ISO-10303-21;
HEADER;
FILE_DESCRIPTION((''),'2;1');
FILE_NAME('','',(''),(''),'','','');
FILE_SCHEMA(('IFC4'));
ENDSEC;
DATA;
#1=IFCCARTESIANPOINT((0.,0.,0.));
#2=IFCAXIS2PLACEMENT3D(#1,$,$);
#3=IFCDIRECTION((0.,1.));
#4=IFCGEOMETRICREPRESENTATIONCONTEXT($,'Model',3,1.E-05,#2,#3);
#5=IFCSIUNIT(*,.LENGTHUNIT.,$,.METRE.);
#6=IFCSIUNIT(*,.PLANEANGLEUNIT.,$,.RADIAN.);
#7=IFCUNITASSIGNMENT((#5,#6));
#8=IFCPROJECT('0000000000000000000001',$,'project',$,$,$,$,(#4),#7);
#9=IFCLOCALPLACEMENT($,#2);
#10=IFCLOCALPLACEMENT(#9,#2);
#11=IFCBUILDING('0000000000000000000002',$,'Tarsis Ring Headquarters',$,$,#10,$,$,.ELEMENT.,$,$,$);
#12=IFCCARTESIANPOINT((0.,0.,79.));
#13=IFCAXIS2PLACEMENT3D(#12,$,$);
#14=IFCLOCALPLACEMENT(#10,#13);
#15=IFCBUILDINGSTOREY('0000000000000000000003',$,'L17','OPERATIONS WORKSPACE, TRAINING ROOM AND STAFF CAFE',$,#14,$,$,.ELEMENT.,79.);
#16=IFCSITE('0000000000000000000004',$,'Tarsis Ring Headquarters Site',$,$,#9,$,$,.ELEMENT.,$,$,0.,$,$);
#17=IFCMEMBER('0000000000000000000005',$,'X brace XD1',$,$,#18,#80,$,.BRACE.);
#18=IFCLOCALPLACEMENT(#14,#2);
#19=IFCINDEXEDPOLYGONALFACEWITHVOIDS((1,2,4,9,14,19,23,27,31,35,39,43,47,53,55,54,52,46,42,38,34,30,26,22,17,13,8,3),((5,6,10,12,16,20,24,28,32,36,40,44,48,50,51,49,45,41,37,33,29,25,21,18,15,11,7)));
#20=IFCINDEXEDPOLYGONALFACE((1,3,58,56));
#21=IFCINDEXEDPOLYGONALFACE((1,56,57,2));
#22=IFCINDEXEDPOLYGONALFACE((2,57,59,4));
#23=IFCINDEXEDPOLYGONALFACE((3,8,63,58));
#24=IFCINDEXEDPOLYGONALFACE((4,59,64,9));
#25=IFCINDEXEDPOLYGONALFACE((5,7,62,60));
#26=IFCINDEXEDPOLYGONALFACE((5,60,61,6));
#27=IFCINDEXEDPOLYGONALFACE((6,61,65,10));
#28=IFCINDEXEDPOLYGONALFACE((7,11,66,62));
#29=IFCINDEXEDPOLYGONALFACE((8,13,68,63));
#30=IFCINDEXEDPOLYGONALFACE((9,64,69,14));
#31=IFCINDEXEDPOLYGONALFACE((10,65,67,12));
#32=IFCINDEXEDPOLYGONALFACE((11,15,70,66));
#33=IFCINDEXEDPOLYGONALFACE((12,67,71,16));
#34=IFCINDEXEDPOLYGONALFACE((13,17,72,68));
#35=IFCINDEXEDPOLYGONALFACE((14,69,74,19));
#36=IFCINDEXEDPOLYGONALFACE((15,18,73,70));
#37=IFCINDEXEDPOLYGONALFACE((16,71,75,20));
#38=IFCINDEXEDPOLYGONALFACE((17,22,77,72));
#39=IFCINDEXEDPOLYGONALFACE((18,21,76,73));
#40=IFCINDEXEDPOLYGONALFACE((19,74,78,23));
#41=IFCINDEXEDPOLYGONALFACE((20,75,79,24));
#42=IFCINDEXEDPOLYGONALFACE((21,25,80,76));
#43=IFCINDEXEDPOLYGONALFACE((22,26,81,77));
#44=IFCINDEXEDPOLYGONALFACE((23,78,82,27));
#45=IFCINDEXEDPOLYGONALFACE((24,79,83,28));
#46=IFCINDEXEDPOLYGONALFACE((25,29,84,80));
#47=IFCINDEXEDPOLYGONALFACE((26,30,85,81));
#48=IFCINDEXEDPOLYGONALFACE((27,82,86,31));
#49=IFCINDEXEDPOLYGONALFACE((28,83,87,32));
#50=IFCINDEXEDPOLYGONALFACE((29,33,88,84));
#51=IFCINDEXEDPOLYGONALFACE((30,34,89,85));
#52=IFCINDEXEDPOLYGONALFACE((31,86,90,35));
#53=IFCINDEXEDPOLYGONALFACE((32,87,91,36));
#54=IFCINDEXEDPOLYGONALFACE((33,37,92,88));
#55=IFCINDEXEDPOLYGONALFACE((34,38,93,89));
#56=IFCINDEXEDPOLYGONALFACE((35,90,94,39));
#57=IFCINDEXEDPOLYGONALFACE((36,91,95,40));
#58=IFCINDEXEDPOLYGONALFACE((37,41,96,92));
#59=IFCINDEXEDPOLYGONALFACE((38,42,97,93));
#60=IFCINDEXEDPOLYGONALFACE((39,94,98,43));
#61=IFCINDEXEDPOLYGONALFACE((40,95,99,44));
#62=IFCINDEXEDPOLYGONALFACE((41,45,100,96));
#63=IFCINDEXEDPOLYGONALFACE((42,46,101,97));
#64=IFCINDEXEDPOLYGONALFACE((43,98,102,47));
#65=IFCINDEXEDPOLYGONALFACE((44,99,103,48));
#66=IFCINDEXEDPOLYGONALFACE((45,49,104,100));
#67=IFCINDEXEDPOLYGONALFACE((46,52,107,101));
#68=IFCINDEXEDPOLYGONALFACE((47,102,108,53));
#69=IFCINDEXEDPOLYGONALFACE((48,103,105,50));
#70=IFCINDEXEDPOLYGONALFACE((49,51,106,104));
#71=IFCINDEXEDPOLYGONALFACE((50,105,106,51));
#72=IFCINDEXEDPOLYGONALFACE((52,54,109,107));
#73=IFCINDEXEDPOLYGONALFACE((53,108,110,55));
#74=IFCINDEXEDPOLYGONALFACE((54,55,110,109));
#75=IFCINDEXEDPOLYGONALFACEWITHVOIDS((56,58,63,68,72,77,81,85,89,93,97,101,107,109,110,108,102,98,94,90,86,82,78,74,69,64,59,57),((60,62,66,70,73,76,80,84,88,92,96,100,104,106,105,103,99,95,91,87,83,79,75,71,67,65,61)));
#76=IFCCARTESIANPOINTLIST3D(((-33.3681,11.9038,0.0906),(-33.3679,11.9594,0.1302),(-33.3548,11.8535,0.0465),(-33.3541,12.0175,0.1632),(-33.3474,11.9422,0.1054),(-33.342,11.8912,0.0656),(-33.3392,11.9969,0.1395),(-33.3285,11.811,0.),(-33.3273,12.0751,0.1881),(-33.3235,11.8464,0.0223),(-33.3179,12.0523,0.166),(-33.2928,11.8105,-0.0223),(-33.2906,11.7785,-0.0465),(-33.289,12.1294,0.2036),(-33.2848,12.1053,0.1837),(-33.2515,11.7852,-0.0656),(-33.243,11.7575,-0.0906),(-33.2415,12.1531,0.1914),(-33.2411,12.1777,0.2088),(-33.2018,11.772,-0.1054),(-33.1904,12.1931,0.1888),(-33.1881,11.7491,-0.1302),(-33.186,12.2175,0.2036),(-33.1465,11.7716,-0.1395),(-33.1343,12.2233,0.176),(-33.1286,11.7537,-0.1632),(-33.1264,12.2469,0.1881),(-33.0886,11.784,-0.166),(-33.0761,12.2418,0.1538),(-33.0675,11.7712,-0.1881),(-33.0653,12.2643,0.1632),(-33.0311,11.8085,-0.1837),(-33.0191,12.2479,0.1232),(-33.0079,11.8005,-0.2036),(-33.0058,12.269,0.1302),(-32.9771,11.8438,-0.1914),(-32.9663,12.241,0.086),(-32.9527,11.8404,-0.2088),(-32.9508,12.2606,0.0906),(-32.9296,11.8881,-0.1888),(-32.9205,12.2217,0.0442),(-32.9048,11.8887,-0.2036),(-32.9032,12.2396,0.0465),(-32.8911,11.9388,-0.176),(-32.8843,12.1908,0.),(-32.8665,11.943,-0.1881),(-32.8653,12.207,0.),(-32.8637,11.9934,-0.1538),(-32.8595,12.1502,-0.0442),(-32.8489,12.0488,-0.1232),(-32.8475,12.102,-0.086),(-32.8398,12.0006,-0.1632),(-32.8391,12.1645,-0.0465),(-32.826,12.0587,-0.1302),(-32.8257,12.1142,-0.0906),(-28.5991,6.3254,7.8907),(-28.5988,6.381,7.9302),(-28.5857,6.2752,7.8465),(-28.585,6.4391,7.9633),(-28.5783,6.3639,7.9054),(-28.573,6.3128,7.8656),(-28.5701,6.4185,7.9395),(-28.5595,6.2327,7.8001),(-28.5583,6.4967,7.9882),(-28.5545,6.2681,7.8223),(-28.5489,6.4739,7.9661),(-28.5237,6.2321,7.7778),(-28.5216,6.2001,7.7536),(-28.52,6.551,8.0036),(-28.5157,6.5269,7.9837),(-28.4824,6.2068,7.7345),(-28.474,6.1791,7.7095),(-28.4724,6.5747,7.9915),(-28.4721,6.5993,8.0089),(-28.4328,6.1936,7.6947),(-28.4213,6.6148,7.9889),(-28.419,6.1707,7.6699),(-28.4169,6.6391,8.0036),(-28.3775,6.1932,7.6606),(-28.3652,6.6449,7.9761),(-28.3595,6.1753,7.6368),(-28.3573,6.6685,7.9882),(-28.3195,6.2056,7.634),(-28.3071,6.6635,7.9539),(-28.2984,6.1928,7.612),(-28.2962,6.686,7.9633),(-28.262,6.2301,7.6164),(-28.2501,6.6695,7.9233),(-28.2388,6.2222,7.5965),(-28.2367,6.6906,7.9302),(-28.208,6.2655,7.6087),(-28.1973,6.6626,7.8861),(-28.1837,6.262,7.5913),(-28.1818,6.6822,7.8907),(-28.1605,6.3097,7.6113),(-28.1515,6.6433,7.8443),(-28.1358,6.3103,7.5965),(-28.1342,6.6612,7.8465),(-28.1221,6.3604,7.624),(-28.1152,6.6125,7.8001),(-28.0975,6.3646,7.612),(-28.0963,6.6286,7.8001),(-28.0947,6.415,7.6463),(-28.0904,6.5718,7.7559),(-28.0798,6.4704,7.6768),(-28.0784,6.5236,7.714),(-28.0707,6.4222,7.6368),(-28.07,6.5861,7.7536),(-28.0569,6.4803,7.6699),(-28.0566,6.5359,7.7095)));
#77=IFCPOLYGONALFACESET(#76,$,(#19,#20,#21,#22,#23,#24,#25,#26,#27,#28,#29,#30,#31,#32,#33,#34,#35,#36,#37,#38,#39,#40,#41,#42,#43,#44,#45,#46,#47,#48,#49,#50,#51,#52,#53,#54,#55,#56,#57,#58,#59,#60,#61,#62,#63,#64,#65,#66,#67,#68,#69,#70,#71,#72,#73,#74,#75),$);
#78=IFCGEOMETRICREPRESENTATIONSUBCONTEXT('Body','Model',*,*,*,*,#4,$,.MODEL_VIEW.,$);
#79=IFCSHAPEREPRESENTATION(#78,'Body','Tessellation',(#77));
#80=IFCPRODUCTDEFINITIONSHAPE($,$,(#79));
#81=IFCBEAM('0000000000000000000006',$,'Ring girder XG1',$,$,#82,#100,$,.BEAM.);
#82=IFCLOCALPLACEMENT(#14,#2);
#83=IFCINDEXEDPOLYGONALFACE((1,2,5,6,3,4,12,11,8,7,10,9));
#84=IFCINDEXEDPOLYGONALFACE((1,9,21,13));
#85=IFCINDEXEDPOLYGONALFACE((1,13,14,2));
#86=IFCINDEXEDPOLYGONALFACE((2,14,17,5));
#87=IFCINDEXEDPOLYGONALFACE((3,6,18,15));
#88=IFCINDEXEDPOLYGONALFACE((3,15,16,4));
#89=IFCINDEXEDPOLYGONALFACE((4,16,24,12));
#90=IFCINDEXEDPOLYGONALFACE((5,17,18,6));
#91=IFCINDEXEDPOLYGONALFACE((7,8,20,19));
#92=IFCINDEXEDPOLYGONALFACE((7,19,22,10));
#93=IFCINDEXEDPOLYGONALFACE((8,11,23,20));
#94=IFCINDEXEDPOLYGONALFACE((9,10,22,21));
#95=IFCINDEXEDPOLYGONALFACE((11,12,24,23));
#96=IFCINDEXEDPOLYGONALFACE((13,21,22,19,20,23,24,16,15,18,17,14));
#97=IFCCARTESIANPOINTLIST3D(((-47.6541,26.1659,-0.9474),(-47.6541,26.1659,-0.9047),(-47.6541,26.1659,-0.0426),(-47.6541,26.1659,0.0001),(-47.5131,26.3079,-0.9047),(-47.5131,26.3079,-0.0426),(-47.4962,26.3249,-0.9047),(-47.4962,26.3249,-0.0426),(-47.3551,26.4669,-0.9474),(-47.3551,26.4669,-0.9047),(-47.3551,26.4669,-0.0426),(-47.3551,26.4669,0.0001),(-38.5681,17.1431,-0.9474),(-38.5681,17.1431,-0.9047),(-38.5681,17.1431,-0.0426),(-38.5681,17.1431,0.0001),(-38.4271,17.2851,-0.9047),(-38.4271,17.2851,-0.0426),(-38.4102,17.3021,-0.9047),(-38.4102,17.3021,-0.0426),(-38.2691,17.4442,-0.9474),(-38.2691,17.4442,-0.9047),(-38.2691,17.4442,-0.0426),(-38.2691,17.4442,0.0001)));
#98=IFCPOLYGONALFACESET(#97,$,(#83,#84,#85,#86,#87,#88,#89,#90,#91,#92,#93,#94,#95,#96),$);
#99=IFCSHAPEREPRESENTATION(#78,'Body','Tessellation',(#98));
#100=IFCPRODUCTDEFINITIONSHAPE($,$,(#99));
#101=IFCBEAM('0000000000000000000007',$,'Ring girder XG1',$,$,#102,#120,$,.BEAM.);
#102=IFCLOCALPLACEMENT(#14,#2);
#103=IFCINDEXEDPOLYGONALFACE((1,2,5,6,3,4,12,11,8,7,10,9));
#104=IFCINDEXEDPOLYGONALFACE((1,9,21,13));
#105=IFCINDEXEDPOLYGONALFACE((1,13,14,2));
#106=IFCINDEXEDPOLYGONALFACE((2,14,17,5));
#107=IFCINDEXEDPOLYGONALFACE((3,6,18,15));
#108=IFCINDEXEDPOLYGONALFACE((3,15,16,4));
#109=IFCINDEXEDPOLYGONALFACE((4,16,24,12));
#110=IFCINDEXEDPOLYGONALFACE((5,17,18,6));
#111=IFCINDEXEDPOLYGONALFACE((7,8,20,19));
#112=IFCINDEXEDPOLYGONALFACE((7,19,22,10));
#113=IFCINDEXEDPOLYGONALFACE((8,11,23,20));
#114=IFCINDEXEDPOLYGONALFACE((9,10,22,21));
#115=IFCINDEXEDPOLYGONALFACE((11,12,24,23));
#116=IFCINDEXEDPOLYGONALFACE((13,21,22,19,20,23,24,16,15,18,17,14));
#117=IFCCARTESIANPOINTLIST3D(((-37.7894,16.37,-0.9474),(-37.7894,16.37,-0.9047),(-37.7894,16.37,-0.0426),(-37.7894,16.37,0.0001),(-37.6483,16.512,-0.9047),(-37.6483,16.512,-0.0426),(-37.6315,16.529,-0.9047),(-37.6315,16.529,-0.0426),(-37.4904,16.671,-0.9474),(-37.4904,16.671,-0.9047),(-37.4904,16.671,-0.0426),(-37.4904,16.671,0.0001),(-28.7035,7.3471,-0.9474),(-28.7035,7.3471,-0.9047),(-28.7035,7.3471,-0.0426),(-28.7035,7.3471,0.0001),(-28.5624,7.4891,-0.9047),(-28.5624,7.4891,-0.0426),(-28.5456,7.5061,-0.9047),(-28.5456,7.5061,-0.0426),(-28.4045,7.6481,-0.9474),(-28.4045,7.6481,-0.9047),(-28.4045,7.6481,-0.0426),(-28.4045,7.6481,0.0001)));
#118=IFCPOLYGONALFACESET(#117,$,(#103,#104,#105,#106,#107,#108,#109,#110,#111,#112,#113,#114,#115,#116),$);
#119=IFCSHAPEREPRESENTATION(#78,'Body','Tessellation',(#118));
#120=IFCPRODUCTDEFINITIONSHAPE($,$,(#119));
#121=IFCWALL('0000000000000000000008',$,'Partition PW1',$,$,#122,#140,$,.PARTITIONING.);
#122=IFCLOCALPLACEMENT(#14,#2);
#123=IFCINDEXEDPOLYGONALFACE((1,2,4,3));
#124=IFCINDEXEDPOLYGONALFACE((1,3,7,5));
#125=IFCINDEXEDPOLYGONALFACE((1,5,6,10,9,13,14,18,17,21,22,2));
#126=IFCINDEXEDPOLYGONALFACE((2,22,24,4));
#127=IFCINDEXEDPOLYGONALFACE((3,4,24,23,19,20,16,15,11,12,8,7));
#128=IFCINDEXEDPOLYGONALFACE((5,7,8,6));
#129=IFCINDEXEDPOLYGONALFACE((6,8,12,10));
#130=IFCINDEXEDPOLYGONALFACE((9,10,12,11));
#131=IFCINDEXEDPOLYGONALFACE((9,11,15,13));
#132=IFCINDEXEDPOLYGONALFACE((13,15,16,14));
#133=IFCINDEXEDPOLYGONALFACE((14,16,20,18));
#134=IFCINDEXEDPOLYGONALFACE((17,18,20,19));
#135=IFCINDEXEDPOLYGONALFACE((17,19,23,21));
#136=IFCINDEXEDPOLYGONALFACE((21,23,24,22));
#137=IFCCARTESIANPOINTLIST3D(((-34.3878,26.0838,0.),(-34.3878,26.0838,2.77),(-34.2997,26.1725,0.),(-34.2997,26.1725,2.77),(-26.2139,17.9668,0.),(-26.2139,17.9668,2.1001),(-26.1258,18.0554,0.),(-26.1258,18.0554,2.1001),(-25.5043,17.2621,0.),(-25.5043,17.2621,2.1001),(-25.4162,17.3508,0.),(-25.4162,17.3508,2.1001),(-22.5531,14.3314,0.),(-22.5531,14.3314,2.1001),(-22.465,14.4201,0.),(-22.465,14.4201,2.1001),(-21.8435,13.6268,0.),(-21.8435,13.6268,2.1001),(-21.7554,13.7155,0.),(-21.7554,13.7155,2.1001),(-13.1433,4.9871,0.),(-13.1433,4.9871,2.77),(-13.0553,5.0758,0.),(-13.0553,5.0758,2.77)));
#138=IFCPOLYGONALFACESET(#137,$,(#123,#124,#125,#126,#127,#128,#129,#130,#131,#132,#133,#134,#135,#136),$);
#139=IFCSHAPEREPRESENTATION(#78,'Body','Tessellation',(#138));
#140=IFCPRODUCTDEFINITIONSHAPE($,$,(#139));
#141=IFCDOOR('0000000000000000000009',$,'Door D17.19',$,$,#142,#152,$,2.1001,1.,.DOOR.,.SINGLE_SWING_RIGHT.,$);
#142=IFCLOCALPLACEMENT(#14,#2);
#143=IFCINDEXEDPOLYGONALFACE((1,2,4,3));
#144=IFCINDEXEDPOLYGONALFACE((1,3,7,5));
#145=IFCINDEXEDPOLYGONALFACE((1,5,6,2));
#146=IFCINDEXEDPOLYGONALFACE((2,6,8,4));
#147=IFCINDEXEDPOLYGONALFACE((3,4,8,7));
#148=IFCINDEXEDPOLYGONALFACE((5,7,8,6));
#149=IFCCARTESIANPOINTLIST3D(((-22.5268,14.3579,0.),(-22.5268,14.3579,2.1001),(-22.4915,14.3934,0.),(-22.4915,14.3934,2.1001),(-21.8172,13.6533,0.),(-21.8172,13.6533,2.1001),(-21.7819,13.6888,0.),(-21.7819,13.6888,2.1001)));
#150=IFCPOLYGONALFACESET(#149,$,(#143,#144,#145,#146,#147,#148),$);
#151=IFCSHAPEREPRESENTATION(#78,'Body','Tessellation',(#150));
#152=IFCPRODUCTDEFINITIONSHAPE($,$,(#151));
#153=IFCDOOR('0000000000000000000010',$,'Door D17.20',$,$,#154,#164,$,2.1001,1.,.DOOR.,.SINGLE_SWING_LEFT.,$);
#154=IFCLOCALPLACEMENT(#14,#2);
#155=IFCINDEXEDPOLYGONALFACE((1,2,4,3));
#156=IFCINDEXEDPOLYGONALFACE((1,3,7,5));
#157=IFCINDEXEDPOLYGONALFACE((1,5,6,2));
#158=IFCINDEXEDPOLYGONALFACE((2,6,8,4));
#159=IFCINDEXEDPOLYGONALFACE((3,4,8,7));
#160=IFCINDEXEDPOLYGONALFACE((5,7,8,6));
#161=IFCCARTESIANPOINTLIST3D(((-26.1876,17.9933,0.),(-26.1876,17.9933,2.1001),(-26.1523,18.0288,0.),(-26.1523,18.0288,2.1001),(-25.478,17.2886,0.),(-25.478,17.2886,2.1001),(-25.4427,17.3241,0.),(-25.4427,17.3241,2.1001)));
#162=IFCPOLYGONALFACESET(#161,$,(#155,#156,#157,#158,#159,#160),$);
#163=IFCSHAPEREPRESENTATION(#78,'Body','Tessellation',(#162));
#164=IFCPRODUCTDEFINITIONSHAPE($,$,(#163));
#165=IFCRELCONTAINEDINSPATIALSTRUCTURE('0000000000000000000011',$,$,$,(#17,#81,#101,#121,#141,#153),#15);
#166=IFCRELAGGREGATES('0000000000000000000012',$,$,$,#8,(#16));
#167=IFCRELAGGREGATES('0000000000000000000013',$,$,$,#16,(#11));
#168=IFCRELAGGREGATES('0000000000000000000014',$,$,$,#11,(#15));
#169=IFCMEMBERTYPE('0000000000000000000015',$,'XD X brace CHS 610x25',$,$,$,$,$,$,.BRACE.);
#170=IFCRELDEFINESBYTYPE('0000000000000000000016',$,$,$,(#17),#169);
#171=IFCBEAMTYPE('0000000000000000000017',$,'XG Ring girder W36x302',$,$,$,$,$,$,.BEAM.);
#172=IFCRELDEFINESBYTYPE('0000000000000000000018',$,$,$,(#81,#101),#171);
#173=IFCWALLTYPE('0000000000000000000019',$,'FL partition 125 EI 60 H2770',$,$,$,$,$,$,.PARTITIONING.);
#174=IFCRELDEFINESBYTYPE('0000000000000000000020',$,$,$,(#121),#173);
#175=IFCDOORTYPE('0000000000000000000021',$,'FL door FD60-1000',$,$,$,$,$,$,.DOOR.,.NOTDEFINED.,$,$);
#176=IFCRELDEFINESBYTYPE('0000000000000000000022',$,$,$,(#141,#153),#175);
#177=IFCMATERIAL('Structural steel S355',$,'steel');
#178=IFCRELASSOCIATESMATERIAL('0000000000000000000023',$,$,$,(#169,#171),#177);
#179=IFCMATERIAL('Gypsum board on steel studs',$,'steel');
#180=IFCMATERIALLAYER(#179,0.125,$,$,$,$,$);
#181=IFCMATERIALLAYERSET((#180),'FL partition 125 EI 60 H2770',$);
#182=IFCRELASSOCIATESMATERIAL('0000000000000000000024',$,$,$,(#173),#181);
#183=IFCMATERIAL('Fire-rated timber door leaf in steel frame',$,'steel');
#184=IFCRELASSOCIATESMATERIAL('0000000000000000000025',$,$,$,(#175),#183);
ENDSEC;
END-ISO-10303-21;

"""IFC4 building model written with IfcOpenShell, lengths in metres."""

from ifc_helpers import new_model, si_unit, direction, frame, frame_2d, origin, origin_2d, place, context, subcontext, project, spatial, rectangle, hollow_circle, i_section, extrude, material, layer, layer_set, material_profile, profile_set, type_object, element, fill, save


model = new_model("IFC4")

# Units and contexts
model_context = context("Model", 3, precision=1e-05, world=origin(), true_north=direction((0.0, 1.0)))
body_context = subcontext(model_context, "Body", "Model", "MODEL_VIEW")
ifc_project = project(units=[si_unit("LENGTHUNIT", "METRE"), si_unit("PLANEANGLEUNIT", "RADIAN")], contexts=[model_context])

# Site, building, storey
site_placement = place(None, origin())
site = spatial("IfcSite", under=ifc_project, at=site_placement, Name="Tarsis Ring Headquarters Site", CompositionType="ELEMENT", RefElevation=0.0)
building_placement = place(site_placement, origin())
building = spatial("IfcBuilding", under=site, at=building_placement, Name="Tarsis Ring Headquarters", CompositionType="ELEMENT")
storey_placement = place(building_placement, frame((0.0, 0.0, 79.0)))
storey = spatial("IfcBuildingStorey", under=building, at=storey_placement, Name="L17", Description="OPERATIONS WORKSPACE, TRAINING ROOM AND STAFF CAFE", CompositionType="ELEMENT", Elevation=79.0)

# Member
ifc_material_1 = material(Name="Structural steel S355", Category="steel")
ifc_material_profile_1 = material_profile(ifc_material_1, hollow_circle(Radius=0.3047, WallThickness=0.0249, at=origin_2d()), Name="CHS 610x25")
ifc_profile_set_1 = profile_set([ifc_material_profile_1], Name="Structural steel S355")
member_type = type_object("IfcMemberType", Name="XD X brace CHS 610x25", PredefinedType="BRACE", material=ifc_profile_set_1)
member_placement = place(storey_placement, frame((-33.0969, 12.009, 0.0), z_axis=(0.445291, -0.520859, 0.7283), x_axis=(0.760092, 0.649816, 0.0)))
element("IfcMember", 1, at=member_placement, inside=storey, type_object=member_type, Name="X brace XD1", PredefinedType="BRACE", context=body_context, shape_type="SweptSolid", body=[
    extrude(hollow_circle(Radius=0.3047, WallThickness=0.0249, at=origin_2d()), origin(), (0.0, 0.0, 1.0), 10.71),
])

# Beams
ifc_material_profile_2 = material_profile(ifc_material_1, i_section(OverallWidth=0.4243, OverallDepth=0.9475, WebThickness=0.0239, FlangeThickness=0.0427, at=origin_2d()), Name="W36x302")
ifc_profile_set_2 = profile_set([ifc_material_profile_2], Name="Structural steel S355")
beam_type = type_object("IfcBeamType", Name="XG Ring girder W36x302", PredefinedType="BEAM", material=ifc_profile_set_2)
for number, where, z_axis, x_axis, name in (
    (2, (-47.5046, 26.3164, -0.4736), (0.709572, -0.704633, 0.0), (0.704633, 0.709572, 0.0), "Ring girder XG1"),
    (3, (-37.6399, 16.5205, -0.4736), (0.709562, -0.704643, 0.0), (0.704643, 0.709562, 0.0), "Ring girder XG1"),
):
    element("IfcBeam", number, at=place(storey_placement, frame(where, z_axis=z_axis, x_axis=x_axis)), inside=storey, type_object=beam_type, Name=name, PredefinedType="BEAM", context=body_context, shape_type="SweptSolid", body=[
        extrude(i_section(OverallWidth=0.4243, OverallDepth=0.9475, WebThickness=0.0239, FlangeThickness=0.0427, at=origin_2d()), origin(), (0.0, 0.0, 1.0), 12.8049),
    ])

# Wall, openings, doors
ifc_material_2 = material(Name="Gypsum board on steel studs", Category="steel")
ifc_layer_1 = layer(ifc_material_2, 0.125)
ifc_layer_set_1 = layer_set([ifc_layer_1], Name="FL partition 125 EI 60 H2770")
wall_type_1 = type_object("IfcWallType", Name="FL partition 125 EI 60 H2770", PredefinedType="PARTITIONING", material=ifc_layer_set_1)
wall_1_placement = place(storey_placement, frame((-34.3438, 26.1282, 0.0), z_axis=(0.0, 0.0, 1.0), x_axis=(0.709569, -0.704636, 0.0)))
wall_1 = element("IfcWall", 4, at=wall_1_placement, inside=storey, type_object=wall_type_1, Name="Partition PW1", PredefinedType="PARTITIONING", context=body_context, shape_type="SweptSolid", body=[
    extrude(rectangle(XDim=29.9399, YDim=0.125, at=frame_2d((14.97, 0.0))), origin(), (0.0, 0.0, 1.0), 2.77),
])
opening_1_placement = place(wall_1_placement, frame((16.6787, 0.0, 0.0)))
opening_1 = element("IfcOpeningElement", 5, at=opening_1_placement, cuts=wall_1, PredefinedType="OPENING", context=body_context, shape_type="SweptSolid", body=[
    extrude(rectangle(XDim=1.0, YDim=2.1001, at=frame_2d((0.5, 1.05))), frame((0.0, 0.0725, 0.0), z_axis=(0.0, -1.0, 0.0), x_axis=(1.0, 0.0, 0.0)), (0.0, 0.0, 1.0), 0.145),
])
opening_2_placement = place(wall_1_placement, frame((11.5195, 0.0, 0.0)))
opening_2 = element("IfcOpeningElement", 6, at=opening_2_placement, cuts=wall_1, PredefinedType="OPENING", context=body_context, shape_type="SweptSolid", body=[
    extrude(rectangle(XDim=1.0, YDim=2.1001, at=frame_2d((0.5, 1.05))), frame((0.0, 0.0725, 0.0), z_axis=(0.0, -1.0, 0.0), x_axis=(1.0, 0.0, 0.0)), (0.0, 0.0, 1.0), 0.145),
])
ifc_material_3 = material(Name="Fire-rated timber door leaf in steel frame", Category="steel")
door_type_1 = type_object("IfcDoorType", Name="FL door FD60-1000", OperationType="NOTDEFINED", PredefinedType="DOOR", material=ifc_material_3)
door_1_placement = place(opening_1_placement, origin())
door_1 = element("IfcDoor", 7, at=door_1_placement, inside=storey, type_object=door_type_1, Name="Door D17.19", OperationType="SINGLE_SWING_RIGHT", OverallHeight=2.1001, OverallWidth=1.0, PredefinedType="DOOR", context=body_context, shape_type="SweptSolid", body=[
    extrude(rectangle(XDim=1.0, YDim=2.1001, at=frame_2d((0.5, 1.05))), frame((0.0, 0.0249, 0.0), z_axis=(0.0, -1.0, 0.0), x_axis=(1.0, 0.0, 0.0)), (0.0, 0.0, 1.0), 0.05),
])
fill(opening_1, door_1)
door_2_placement = place(opening_2_placement, origin())
door_2 = element("IfcDoor", 8, at=door_2_placement, inside=storey, type_object=door_type_1, Name="Door D17.20", OperationType="SINGLE_SWING_LEFT", OverallHeight=2.1001, OverallWidth=1.0, PredefinedType="DOOR", context=body_context, shape_type="SweptSolid", body=[
    extrude(rectangle(XDim=1.0, YDim=2.1001, at=frame_2d((0.5, 1.05))), frame((0.0, 0.0249, 0.0), z_axis=(0.0, -1.0, 0.0), x_axis=(1.0, 0.0, 0.0)), (0.0, 0.0, 1.0), 0.05),
])
fill(opening_2, door_2)

save(model, "model.ifc")
